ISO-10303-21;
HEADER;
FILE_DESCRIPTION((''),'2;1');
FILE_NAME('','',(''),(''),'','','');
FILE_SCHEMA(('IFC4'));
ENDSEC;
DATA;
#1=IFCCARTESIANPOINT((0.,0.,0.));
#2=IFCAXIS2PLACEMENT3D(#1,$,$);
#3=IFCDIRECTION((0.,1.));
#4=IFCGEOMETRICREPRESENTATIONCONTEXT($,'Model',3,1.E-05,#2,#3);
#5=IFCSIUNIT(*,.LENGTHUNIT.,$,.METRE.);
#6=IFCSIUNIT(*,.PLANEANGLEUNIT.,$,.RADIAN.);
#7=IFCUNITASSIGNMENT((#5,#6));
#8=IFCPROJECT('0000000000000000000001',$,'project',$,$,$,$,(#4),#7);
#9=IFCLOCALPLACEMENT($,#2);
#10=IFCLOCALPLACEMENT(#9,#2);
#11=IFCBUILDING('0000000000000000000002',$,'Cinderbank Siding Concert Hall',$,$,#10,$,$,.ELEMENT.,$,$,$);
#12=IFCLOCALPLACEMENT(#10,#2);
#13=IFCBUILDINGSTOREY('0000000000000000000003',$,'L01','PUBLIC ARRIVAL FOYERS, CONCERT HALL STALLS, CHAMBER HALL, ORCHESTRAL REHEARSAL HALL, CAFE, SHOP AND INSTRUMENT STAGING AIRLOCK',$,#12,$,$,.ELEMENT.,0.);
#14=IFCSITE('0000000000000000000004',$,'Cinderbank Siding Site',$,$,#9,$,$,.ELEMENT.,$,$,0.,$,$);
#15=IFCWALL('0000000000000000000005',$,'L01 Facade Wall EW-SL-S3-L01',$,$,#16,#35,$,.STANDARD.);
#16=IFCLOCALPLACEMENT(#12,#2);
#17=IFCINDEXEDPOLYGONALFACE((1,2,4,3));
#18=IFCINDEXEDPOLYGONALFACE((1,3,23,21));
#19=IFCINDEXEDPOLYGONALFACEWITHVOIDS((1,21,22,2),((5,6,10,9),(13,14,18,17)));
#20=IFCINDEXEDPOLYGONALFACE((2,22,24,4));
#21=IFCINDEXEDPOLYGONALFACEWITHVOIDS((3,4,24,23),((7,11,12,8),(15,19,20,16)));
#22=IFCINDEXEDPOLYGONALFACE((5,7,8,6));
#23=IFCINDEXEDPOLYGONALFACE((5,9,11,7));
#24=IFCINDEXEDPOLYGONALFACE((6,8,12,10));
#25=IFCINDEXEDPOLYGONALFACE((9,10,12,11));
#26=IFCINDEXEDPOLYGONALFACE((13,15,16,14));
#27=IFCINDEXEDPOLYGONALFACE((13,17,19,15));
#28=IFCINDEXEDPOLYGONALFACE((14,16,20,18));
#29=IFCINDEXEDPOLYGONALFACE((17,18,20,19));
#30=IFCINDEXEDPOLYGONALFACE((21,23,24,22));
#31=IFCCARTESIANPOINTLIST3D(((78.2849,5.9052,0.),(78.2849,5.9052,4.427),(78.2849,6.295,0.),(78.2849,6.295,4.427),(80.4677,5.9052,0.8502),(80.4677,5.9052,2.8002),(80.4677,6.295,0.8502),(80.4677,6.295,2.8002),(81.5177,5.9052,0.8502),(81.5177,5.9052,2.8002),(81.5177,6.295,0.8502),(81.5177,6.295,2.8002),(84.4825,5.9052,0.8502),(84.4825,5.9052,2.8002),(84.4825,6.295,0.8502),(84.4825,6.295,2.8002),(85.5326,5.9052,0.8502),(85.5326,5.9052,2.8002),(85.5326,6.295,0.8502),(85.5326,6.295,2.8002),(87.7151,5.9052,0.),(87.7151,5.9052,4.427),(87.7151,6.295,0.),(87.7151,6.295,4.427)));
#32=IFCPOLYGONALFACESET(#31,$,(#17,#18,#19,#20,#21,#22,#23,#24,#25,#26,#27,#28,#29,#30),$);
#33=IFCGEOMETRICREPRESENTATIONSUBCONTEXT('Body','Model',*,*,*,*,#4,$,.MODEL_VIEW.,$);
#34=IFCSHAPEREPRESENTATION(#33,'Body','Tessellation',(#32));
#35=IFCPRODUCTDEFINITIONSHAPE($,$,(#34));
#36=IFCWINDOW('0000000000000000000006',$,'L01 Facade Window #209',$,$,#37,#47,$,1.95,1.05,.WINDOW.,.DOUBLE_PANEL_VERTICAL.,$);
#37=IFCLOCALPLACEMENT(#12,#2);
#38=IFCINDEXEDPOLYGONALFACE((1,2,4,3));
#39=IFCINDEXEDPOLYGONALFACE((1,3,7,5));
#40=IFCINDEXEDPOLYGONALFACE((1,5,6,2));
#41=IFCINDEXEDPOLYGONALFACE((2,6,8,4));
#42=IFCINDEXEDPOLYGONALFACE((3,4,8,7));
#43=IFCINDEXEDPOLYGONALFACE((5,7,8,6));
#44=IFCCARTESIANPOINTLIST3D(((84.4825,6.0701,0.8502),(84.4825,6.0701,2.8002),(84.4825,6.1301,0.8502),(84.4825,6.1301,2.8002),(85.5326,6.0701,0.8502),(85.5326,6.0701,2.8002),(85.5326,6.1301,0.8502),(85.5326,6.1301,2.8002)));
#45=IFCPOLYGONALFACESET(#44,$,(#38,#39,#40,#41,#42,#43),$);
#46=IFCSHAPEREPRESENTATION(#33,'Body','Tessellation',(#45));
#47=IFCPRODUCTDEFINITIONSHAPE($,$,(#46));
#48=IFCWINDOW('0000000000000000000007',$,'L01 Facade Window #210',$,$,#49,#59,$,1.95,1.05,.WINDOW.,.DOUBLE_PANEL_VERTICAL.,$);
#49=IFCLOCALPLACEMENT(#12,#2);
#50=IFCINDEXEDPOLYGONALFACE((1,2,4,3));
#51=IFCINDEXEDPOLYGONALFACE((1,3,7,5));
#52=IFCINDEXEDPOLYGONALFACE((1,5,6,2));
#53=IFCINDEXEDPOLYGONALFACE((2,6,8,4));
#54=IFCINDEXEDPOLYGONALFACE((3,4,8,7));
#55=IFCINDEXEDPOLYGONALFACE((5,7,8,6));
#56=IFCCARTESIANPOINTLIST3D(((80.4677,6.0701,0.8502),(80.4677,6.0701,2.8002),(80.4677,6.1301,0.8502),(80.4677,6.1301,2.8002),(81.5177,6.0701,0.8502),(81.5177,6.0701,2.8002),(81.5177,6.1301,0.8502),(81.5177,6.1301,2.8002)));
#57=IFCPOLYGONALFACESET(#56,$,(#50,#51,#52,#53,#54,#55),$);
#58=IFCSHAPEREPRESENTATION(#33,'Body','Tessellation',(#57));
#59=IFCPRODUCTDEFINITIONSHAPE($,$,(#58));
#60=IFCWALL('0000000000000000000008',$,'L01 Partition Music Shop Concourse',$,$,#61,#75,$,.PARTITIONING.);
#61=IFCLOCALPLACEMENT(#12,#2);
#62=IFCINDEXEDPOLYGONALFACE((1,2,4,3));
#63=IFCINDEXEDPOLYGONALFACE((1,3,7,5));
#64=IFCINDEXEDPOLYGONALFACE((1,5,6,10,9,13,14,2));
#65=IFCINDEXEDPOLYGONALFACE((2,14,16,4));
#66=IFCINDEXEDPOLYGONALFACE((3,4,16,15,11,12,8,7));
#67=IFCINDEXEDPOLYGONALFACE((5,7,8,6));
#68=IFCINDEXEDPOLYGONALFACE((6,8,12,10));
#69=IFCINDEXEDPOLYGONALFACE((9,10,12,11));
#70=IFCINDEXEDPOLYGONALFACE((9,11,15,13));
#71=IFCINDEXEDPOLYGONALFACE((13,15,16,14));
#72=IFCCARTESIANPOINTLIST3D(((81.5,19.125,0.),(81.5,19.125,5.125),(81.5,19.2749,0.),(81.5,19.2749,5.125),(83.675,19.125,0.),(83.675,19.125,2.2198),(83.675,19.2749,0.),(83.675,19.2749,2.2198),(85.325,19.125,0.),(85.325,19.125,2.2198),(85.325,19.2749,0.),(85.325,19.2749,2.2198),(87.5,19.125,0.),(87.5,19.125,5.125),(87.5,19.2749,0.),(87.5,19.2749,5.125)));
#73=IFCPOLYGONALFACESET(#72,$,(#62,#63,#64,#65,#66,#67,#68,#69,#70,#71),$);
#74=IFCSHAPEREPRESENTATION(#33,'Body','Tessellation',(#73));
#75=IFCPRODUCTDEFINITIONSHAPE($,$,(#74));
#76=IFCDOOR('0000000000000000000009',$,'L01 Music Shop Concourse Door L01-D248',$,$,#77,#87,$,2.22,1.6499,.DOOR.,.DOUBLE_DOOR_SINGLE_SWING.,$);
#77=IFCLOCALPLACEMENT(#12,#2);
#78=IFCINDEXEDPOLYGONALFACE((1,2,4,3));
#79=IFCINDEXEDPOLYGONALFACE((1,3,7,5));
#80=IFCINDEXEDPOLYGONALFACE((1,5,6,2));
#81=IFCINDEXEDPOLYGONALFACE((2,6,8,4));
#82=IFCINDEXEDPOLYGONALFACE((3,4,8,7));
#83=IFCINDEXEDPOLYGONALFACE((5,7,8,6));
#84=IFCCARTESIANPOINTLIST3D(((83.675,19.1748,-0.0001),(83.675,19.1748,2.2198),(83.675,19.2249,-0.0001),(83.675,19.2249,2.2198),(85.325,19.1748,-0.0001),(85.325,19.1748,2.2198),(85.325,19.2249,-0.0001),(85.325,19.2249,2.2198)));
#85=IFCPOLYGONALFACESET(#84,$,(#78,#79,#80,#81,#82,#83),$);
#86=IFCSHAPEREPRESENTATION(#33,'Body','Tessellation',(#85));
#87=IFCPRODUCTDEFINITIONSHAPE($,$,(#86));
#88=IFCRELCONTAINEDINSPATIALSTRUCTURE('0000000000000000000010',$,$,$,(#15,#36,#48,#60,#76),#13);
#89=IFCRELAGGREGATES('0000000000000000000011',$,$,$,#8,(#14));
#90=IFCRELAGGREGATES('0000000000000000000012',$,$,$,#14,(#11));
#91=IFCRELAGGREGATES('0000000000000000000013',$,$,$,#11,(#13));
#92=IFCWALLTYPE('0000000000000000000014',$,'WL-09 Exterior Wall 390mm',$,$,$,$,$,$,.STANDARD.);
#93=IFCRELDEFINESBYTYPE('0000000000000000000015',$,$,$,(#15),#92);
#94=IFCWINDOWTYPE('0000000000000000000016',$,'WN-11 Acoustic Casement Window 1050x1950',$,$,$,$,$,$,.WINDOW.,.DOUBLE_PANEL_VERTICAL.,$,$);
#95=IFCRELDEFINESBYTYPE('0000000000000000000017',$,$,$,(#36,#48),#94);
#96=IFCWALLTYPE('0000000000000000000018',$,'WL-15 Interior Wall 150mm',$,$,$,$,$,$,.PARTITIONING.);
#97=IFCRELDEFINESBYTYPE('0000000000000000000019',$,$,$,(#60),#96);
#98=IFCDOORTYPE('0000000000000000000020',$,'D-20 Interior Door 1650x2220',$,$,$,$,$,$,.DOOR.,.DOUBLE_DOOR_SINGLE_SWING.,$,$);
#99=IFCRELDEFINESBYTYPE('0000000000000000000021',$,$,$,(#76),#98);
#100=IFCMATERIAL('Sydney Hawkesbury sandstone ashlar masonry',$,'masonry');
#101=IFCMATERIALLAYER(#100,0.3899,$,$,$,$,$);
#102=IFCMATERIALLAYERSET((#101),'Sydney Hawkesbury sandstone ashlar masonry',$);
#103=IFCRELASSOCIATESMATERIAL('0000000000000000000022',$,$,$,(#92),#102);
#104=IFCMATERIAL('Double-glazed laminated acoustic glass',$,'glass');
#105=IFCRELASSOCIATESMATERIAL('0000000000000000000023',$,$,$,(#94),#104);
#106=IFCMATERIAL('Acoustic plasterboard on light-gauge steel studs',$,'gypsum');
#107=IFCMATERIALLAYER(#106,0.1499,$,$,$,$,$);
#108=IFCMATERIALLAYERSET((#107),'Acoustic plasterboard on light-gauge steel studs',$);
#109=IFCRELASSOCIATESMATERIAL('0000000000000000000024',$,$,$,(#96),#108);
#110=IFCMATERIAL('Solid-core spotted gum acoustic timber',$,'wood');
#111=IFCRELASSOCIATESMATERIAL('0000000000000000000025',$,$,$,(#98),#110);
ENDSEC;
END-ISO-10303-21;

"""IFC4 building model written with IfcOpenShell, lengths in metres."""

from ifc_helpers import new_model, si_unit, direction, frame, frame_2d, origin, place, context, subcontext, project, spatial, rectangle, extrude, material, layer, layer_set, type_object, element, fill, save


model = new_model("IFC4")

# Units and contexts
model_context = context("Model", 3, precision=1e-05, world=origin(), true_north=direction((0.0, 1.0)))
body_context = subcontext(model_context, "Body", "Model", "MODEL_VIEW")
ifc_project = project(units=[si_unit("LENGTHUNIT", "METRE"), si_unit("PLANEANGLEUNIT", "RADIAN")], contexts=[model_context])

# Site, building, storey
site_placement = place(None, origin())
site = spatial("IfcSite", under=ifc_project, at=site_placement, Name="Cinderbank Siding Site", CompositionType="ELEMENT", RefElevation=0.0)
building_placement = place(site_placement, origin())
building = spatial("IfcBuilding", under=site, at=building_placement, Name="Cinderbank Siding Concert Hall", CompositionType="ELEMENT")
storey_placement = place(building_placement, origin())
storey = spatial("IfcBuildingStorey", under=building, at=storey_placement, Name="L01", Description="PUBLIC ARRIVAL FOYERS, CONCERT HALL STALLS, CHAMBER HALL, ORCHESTRAL REHEARSAL HALL, CAFE, SHOP AND INSTRUMENT STAGING AIRLOCK", CompositionType="ELEMENT", Elevation=0.0)

# Shared definitions
ifc_material_1 = material(Name="Double-glazed laminated acoustic glass", Category="glass")

# Wall, openings, windows
ifc_material_2 = material(Name="Sydney Hawkesbury sandstone ashlar masonry", Category="masonry")
ifc_layer_1 = layer(ifc_material_2, 0.3899)
ifc_layer_set_1 = layer_set([ifc_layer_1], Name="Sydney Hawkesbury sandstone ashlar masonry")
wall_type_1 = type_object("IfcWallType", Name="WL-09 Exterior Wall 390mm", PredefinedType="STANDARD", material=ifc_layer_set_1)
wall_1_placement = place(storey_placement, frame((87.7151, 6.1001, 0.0), z_axis=(0.0, 0.0, 1.0), x_axis=(-1.0, 0.0, 0.0)))
wall_1 = element("IfcWall", 1, at=wall_1_placement, inside=storey, type_object=wall_type_1, Name="L01 Facade Wall EW-SL-S3-L01", PredefinedType="STANDARD", context=body_context, shape_type="SweptSolid", body=[
    extrude(rectangle(XDim=9.4302, YDim=0.3899, at=frame_2d((4.7151, 0.0))), origin(), (0.0, 0.0, 1.0), 4.427),
])
opening_1_placement = place(wall_1_placement, frame((2.1826, 0.0, 0.8501)))
opening_1 = element("IfcOpeningElement", 2, at=opening_1_placement, cuts=wall_1, PredefinedType="OPENING", context=body_context, shape_type="SweptSolid", body=[
    extrude(rectangle(XDim=1.05, YDim=1.95, at=frame_2d((0.5249, 0.9751))), frame((0.0, 0.207, 0.0), z_axis=(0.0, -1.0, 0.0), x_axis=(1.0, 0.0, 0.0)), (0.0, 0.0, 1.0), 0.4138),
])
opening_2_placement = place(wall_1_placement, frame((6.1975, 0.0, 0.8501)))
opening_2 = element("IfcOpeningElement", 3, at=opening_2_placement, cuts=wall_1, PredefinedType="OPENING", context=body_context, shape_type="SweptSolid", body=[
    extrude(rectangle(XDim=1.05, YDim=1.95, at=frame_2d((0.5249, 0.9751))), frame((0.0, 0.207, 0.0), z_axis=(0.0, -1.0, 0.0), x_axis=(1.0, 0.0, 0.0)), (0.0, 0.0, 1.0), 0.4138),
])
window_type = type_object("IfcWindowType", Name="WN-11 Acoustic Casement Window 1050x1950", PartitioningType="DOUBLE_PANEL_VERTICAL", PredefinedType="WINDOW", material=ifc_material_1)
window_1_placement = place(opening_1_placement, origin())
window_1 = element("IfcWindow", 4, at=window_1_placement, inside=storey, type_object=window_type, Name="L01 Facade Window #209", OverallHeight=1.95, OverallWidth=1.05, PartitioningType="DOUBLE_PANEL_VERTICAL", PredefinedType="WINDOW", context=body_context, shape_type="SweptSolid", body=[
    extrude(rectangle(XDim=1.05, YDim=1.95, at=frame_2d((0.5249, 0.9751))), frame((0.0, 0.03, 0.0), z_axis=(0.0, -1.0, 0.0), x_axis=(1.0, 0.0, 0.0)), (0.0, 0.0, 1.0), 0.0601),
])
fill(opening_1, window_1)
window_2_placement = place(opening_2_placement, origin())
window_2 = element("IfcWindow", 5, at=window_2_placement, inside=storey, type_object=window_type, Name="L01 Facade Window #210", OverallHeight=1.95, OverallWidth=1.05, PartitioningType="DOUBLE_PANEL_VERTICAL", PredefinedType="WINDOW", context=body_context, shape_type="SweptSolid", body=[
    extrude(rectangle(XDim=1.05, YDim=1.95, at=frame_2d((0.5249, 0.9751))), frame((0.0, 0.03, 0.0), z_axis=(0.0, -1.0, 0.0), x_axis=(1.0, 0.0, 0.0)), (0.0, 0.0, 1.0), 0.0601),
])
fill(opening_2, window_2)

# Wall, opening, door
ifc_material_3 = material(Name="Acoustic plasterboard on light-gauge steel studs", Category="gypsum")
ifc_layer_2 = layer(ifc_material_3, 0.1499)
ifc_layer_set_2 = layer_set([ifc_layer_2], Name="Acoustic plasterboard on light-gauge steel studs")
wall_type_2 = type_object("IfcWallType", Name="WL-15 Interior Wall 150mm", PredefinedType="PARTITIONING", material=ifc_layer_set_2)
wall_2_placement = place(storey_placement, frame((81.5, 19.2, 0.0), z_axis=(0.0, 0.0, 1.0), x_axis=(1.0, 0.0, 0.0)))
wall_2 = element("IfcWall", 6, at=wall_2_placement, inside=storey, type_object=wall_type_2, Name="L01 Partition Music Shop Concourse", PredefinedType="PARTITIONING", context=body_context, shape_type="SweptSolid", body=[
    extrude(rectangle(XDim=6.0, YDim=0.1499, at=frame_2d((3.0, 0.0))), origin(), (0.0, 0.0, 1.0), 5.125),
])
opening_3_placement = place(wall_2_placement, frame((2.175, 0.0, 0.0)))
opening_3 = element("IfcOpeningElement", 7, at=opening_3_placement, cuts=wall_2, PredefinedType="OPENING", context=body_context, shape_type="SweptSolid", body=[
    extrude(rectangle(XDim=1.6499, YDim=2.22, at=frame_2d((0.825, 1.1099))), frame((0.0, 0.0869, 0.0), z_axis=(0.0, -1.0, 0.0), x_axis=(1.0, 0.0, 0.0)), (0.0, 0.0, 1.0), 0.1738),
])
ifc_material_4 = material(Name="Solid-core spotted gum acoustic timber", Category="wood")
door_type = type_object("IfcDoorType", Name="D-20 Interior Door 1650x2220", OperationType="DOUBLE_DOOR_SINGLE_SWING", PredefinedType="DOOR", material=ifc_material_4)
door_placement = place(opening_3_placement, origin())
door = element("IfcDoor", 8, at=door_placement, inside=storey, type_object=door_type, Name="L01 Music Shop Concourse Door L01-D248", OperationType="DOUBLE_DOOR_SINGLE_SWING", OverallHeight=2.22, OverallWidth=1.6499, PredefinedType="DOOR", context=body_context, shape_type="SweptSolid", body=[
    extrude(rectangle(XDim=1.6499, YDim=2.22, at=frame_2d((0.825, 1.1099))), frame((0.0, 0.0249, 0.0), z_axis=(0.0, -1.0, 0.0), x_axis=(1.0, 0.0, 0.0)), (0.0, 0.0, 1.0), 0.05),
])
fill(opening_3, door)

save(model, "model.ifc")
